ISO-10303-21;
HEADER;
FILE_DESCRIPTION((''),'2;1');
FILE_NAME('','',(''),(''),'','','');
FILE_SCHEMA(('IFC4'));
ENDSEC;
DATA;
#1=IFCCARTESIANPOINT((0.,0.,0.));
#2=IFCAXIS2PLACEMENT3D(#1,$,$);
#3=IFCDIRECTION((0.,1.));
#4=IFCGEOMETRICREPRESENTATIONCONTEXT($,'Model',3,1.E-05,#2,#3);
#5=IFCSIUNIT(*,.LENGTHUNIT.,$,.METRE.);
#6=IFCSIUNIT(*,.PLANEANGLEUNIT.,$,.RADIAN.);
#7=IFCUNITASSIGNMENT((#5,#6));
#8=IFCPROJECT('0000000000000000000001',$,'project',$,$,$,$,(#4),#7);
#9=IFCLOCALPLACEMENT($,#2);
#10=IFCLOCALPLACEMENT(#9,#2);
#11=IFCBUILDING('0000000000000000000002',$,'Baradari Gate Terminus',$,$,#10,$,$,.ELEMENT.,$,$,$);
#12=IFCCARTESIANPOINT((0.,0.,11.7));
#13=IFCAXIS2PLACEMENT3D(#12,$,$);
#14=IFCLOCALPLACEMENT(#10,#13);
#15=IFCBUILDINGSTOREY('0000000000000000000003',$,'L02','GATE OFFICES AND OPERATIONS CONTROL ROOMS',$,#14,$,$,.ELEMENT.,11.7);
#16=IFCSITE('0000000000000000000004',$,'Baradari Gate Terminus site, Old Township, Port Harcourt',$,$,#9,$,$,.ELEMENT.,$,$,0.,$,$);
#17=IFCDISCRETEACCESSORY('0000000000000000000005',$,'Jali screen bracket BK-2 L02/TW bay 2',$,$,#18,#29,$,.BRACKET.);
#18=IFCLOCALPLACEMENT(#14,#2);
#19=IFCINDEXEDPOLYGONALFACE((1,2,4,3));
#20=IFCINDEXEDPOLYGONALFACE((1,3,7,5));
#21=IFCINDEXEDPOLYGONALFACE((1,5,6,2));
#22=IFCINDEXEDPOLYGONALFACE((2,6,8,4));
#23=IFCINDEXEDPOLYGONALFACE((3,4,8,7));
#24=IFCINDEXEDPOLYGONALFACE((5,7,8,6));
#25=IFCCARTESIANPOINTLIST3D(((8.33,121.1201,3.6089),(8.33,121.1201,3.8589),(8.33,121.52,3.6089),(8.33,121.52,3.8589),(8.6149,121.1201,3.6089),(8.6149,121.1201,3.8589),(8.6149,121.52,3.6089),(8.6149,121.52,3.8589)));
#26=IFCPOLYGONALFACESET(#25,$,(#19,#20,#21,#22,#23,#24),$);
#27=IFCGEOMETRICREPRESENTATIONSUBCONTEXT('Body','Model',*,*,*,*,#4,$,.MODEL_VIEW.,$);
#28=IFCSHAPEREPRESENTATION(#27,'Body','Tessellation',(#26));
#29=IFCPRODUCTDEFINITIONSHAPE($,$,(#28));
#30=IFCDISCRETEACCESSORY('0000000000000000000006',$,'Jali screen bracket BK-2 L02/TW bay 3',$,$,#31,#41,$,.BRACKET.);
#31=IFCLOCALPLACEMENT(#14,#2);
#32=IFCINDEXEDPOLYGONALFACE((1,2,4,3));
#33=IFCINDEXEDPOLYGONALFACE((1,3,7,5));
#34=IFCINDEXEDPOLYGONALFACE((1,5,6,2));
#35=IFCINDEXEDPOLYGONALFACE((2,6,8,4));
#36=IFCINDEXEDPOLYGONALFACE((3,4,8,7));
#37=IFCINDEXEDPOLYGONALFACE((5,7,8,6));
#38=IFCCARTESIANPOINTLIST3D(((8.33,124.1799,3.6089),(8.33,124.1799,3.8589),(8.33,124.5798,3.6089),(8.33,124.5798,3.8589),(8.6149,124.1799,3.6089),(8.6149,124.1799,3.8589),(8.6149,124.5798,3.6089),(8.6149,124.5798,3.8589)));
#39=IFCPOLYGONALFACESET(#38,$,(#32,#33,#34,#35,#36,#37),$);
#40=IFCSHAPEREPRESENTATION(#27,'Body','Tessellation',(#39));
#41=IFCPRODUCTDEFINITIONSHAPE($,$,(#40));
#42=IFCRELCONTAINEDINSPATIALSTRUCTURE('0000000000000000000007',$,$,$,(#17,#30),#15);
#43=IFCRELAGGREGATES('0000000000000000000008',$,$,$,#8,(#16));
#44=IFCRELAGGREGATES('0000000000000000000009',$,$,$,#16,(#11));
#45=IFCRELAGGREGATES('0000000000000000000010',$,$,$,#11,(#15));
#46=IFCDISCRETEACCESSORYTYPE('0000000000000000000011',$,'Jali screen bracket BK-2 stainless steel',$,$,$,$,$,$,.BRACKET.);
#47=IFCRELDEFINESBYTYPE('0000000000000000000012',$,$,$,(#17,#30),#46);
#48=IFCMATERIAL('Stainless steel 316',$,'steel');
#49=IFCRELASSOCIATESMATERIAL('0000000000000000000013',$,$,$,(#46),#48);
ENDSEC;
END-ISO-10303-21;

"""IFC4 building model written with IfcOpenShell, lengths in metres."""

from ifc_helpers import new_model, si_unit, direction, frame, origin, origin_2d, place, context, subcontext, project, spatial, rectangle, extrude, material, type_object, element, save


model = new_model("IFC4")

# Units and contexts
model_context = context("Model", 3, precision=1e-05, world=origin(), true_north=direction((0.0, 1.0)))
body_context = subcontext(model_context, "Body", "Model", "MODEL_VIEW")
ifc_project = project(units=[si_unit("LENGTHUNIT", "METRE"), si_unit("PLANEANGLEUNIT", "RADIAN")], contexts=[model_context])

# Site, building, storey
site_placement = place(None, origin())
site = spatial("IfcSite", under=ifc_project, at=site_placement, Name="Baradari Gate Terminus site, Old Township, Port Harcourt", CompositionType="ELEMENT", RefElevation=0.0)
building_placement = place(site_placement, origin())
building = spatial("IfcBuilding", under=site, at=building_placement, Name="Baradari Gate Terminus", CompositionType="ELEMENT")
storey_placement = place(building_placement, frame((0.0, 0.0, 11.7)))
storey = spatial("IfcBuildingStorey", under=building, at=storey_placement, Name="L02", Description="GATE OFFICES AND OPERATIONS CONTROL ROOMS", CompositionType="ELEMENT", Elevation=11.7)

# Discrete accessories
ifc_material_1 = material(Name="Stainless steel 316", Category="steel")
discrete_accessory_type_1 = type_object("IfcDiscreteAccessoryType", Name="Jali screen bracket BK-2 stainless steel", PredefinedType="BRACKET", material=ifc_material_1)
for number, where, z_axis, x_axis, name in (
    (1, (8.4724, 121.3201, 3.6089), (0.0, 0.0, 1.0), (-1.0, 0.0, 0.0), "Jali screen bracket BK-2 L02/TW bay 2"),
    (2, (8.4724, 124.3799, 3.6089), (0.0, 0.0, 1.0), (-1.0, 0.0, 0.0), "Jali screen bracket BK-2 L02/TW bay 3"),
):
    element("IfcDiscreteAccessory", number, at=place(storey_placement, frame(where, z_axis=z_axis, x_axis=x_axis)), inside=storey, type_object=discrete_accessory_type_1, Name=name, PredefinedType="BRACKET", context=body_context, shape_type="SweptSolid", body=[
        extrude(rectangle(XDim=0.2849, YDim=0.3999, at=origin_2d()), origin(), (0.0, 0.0, 1.0), 0.25),
    ])

save(model, "model.ifc")
